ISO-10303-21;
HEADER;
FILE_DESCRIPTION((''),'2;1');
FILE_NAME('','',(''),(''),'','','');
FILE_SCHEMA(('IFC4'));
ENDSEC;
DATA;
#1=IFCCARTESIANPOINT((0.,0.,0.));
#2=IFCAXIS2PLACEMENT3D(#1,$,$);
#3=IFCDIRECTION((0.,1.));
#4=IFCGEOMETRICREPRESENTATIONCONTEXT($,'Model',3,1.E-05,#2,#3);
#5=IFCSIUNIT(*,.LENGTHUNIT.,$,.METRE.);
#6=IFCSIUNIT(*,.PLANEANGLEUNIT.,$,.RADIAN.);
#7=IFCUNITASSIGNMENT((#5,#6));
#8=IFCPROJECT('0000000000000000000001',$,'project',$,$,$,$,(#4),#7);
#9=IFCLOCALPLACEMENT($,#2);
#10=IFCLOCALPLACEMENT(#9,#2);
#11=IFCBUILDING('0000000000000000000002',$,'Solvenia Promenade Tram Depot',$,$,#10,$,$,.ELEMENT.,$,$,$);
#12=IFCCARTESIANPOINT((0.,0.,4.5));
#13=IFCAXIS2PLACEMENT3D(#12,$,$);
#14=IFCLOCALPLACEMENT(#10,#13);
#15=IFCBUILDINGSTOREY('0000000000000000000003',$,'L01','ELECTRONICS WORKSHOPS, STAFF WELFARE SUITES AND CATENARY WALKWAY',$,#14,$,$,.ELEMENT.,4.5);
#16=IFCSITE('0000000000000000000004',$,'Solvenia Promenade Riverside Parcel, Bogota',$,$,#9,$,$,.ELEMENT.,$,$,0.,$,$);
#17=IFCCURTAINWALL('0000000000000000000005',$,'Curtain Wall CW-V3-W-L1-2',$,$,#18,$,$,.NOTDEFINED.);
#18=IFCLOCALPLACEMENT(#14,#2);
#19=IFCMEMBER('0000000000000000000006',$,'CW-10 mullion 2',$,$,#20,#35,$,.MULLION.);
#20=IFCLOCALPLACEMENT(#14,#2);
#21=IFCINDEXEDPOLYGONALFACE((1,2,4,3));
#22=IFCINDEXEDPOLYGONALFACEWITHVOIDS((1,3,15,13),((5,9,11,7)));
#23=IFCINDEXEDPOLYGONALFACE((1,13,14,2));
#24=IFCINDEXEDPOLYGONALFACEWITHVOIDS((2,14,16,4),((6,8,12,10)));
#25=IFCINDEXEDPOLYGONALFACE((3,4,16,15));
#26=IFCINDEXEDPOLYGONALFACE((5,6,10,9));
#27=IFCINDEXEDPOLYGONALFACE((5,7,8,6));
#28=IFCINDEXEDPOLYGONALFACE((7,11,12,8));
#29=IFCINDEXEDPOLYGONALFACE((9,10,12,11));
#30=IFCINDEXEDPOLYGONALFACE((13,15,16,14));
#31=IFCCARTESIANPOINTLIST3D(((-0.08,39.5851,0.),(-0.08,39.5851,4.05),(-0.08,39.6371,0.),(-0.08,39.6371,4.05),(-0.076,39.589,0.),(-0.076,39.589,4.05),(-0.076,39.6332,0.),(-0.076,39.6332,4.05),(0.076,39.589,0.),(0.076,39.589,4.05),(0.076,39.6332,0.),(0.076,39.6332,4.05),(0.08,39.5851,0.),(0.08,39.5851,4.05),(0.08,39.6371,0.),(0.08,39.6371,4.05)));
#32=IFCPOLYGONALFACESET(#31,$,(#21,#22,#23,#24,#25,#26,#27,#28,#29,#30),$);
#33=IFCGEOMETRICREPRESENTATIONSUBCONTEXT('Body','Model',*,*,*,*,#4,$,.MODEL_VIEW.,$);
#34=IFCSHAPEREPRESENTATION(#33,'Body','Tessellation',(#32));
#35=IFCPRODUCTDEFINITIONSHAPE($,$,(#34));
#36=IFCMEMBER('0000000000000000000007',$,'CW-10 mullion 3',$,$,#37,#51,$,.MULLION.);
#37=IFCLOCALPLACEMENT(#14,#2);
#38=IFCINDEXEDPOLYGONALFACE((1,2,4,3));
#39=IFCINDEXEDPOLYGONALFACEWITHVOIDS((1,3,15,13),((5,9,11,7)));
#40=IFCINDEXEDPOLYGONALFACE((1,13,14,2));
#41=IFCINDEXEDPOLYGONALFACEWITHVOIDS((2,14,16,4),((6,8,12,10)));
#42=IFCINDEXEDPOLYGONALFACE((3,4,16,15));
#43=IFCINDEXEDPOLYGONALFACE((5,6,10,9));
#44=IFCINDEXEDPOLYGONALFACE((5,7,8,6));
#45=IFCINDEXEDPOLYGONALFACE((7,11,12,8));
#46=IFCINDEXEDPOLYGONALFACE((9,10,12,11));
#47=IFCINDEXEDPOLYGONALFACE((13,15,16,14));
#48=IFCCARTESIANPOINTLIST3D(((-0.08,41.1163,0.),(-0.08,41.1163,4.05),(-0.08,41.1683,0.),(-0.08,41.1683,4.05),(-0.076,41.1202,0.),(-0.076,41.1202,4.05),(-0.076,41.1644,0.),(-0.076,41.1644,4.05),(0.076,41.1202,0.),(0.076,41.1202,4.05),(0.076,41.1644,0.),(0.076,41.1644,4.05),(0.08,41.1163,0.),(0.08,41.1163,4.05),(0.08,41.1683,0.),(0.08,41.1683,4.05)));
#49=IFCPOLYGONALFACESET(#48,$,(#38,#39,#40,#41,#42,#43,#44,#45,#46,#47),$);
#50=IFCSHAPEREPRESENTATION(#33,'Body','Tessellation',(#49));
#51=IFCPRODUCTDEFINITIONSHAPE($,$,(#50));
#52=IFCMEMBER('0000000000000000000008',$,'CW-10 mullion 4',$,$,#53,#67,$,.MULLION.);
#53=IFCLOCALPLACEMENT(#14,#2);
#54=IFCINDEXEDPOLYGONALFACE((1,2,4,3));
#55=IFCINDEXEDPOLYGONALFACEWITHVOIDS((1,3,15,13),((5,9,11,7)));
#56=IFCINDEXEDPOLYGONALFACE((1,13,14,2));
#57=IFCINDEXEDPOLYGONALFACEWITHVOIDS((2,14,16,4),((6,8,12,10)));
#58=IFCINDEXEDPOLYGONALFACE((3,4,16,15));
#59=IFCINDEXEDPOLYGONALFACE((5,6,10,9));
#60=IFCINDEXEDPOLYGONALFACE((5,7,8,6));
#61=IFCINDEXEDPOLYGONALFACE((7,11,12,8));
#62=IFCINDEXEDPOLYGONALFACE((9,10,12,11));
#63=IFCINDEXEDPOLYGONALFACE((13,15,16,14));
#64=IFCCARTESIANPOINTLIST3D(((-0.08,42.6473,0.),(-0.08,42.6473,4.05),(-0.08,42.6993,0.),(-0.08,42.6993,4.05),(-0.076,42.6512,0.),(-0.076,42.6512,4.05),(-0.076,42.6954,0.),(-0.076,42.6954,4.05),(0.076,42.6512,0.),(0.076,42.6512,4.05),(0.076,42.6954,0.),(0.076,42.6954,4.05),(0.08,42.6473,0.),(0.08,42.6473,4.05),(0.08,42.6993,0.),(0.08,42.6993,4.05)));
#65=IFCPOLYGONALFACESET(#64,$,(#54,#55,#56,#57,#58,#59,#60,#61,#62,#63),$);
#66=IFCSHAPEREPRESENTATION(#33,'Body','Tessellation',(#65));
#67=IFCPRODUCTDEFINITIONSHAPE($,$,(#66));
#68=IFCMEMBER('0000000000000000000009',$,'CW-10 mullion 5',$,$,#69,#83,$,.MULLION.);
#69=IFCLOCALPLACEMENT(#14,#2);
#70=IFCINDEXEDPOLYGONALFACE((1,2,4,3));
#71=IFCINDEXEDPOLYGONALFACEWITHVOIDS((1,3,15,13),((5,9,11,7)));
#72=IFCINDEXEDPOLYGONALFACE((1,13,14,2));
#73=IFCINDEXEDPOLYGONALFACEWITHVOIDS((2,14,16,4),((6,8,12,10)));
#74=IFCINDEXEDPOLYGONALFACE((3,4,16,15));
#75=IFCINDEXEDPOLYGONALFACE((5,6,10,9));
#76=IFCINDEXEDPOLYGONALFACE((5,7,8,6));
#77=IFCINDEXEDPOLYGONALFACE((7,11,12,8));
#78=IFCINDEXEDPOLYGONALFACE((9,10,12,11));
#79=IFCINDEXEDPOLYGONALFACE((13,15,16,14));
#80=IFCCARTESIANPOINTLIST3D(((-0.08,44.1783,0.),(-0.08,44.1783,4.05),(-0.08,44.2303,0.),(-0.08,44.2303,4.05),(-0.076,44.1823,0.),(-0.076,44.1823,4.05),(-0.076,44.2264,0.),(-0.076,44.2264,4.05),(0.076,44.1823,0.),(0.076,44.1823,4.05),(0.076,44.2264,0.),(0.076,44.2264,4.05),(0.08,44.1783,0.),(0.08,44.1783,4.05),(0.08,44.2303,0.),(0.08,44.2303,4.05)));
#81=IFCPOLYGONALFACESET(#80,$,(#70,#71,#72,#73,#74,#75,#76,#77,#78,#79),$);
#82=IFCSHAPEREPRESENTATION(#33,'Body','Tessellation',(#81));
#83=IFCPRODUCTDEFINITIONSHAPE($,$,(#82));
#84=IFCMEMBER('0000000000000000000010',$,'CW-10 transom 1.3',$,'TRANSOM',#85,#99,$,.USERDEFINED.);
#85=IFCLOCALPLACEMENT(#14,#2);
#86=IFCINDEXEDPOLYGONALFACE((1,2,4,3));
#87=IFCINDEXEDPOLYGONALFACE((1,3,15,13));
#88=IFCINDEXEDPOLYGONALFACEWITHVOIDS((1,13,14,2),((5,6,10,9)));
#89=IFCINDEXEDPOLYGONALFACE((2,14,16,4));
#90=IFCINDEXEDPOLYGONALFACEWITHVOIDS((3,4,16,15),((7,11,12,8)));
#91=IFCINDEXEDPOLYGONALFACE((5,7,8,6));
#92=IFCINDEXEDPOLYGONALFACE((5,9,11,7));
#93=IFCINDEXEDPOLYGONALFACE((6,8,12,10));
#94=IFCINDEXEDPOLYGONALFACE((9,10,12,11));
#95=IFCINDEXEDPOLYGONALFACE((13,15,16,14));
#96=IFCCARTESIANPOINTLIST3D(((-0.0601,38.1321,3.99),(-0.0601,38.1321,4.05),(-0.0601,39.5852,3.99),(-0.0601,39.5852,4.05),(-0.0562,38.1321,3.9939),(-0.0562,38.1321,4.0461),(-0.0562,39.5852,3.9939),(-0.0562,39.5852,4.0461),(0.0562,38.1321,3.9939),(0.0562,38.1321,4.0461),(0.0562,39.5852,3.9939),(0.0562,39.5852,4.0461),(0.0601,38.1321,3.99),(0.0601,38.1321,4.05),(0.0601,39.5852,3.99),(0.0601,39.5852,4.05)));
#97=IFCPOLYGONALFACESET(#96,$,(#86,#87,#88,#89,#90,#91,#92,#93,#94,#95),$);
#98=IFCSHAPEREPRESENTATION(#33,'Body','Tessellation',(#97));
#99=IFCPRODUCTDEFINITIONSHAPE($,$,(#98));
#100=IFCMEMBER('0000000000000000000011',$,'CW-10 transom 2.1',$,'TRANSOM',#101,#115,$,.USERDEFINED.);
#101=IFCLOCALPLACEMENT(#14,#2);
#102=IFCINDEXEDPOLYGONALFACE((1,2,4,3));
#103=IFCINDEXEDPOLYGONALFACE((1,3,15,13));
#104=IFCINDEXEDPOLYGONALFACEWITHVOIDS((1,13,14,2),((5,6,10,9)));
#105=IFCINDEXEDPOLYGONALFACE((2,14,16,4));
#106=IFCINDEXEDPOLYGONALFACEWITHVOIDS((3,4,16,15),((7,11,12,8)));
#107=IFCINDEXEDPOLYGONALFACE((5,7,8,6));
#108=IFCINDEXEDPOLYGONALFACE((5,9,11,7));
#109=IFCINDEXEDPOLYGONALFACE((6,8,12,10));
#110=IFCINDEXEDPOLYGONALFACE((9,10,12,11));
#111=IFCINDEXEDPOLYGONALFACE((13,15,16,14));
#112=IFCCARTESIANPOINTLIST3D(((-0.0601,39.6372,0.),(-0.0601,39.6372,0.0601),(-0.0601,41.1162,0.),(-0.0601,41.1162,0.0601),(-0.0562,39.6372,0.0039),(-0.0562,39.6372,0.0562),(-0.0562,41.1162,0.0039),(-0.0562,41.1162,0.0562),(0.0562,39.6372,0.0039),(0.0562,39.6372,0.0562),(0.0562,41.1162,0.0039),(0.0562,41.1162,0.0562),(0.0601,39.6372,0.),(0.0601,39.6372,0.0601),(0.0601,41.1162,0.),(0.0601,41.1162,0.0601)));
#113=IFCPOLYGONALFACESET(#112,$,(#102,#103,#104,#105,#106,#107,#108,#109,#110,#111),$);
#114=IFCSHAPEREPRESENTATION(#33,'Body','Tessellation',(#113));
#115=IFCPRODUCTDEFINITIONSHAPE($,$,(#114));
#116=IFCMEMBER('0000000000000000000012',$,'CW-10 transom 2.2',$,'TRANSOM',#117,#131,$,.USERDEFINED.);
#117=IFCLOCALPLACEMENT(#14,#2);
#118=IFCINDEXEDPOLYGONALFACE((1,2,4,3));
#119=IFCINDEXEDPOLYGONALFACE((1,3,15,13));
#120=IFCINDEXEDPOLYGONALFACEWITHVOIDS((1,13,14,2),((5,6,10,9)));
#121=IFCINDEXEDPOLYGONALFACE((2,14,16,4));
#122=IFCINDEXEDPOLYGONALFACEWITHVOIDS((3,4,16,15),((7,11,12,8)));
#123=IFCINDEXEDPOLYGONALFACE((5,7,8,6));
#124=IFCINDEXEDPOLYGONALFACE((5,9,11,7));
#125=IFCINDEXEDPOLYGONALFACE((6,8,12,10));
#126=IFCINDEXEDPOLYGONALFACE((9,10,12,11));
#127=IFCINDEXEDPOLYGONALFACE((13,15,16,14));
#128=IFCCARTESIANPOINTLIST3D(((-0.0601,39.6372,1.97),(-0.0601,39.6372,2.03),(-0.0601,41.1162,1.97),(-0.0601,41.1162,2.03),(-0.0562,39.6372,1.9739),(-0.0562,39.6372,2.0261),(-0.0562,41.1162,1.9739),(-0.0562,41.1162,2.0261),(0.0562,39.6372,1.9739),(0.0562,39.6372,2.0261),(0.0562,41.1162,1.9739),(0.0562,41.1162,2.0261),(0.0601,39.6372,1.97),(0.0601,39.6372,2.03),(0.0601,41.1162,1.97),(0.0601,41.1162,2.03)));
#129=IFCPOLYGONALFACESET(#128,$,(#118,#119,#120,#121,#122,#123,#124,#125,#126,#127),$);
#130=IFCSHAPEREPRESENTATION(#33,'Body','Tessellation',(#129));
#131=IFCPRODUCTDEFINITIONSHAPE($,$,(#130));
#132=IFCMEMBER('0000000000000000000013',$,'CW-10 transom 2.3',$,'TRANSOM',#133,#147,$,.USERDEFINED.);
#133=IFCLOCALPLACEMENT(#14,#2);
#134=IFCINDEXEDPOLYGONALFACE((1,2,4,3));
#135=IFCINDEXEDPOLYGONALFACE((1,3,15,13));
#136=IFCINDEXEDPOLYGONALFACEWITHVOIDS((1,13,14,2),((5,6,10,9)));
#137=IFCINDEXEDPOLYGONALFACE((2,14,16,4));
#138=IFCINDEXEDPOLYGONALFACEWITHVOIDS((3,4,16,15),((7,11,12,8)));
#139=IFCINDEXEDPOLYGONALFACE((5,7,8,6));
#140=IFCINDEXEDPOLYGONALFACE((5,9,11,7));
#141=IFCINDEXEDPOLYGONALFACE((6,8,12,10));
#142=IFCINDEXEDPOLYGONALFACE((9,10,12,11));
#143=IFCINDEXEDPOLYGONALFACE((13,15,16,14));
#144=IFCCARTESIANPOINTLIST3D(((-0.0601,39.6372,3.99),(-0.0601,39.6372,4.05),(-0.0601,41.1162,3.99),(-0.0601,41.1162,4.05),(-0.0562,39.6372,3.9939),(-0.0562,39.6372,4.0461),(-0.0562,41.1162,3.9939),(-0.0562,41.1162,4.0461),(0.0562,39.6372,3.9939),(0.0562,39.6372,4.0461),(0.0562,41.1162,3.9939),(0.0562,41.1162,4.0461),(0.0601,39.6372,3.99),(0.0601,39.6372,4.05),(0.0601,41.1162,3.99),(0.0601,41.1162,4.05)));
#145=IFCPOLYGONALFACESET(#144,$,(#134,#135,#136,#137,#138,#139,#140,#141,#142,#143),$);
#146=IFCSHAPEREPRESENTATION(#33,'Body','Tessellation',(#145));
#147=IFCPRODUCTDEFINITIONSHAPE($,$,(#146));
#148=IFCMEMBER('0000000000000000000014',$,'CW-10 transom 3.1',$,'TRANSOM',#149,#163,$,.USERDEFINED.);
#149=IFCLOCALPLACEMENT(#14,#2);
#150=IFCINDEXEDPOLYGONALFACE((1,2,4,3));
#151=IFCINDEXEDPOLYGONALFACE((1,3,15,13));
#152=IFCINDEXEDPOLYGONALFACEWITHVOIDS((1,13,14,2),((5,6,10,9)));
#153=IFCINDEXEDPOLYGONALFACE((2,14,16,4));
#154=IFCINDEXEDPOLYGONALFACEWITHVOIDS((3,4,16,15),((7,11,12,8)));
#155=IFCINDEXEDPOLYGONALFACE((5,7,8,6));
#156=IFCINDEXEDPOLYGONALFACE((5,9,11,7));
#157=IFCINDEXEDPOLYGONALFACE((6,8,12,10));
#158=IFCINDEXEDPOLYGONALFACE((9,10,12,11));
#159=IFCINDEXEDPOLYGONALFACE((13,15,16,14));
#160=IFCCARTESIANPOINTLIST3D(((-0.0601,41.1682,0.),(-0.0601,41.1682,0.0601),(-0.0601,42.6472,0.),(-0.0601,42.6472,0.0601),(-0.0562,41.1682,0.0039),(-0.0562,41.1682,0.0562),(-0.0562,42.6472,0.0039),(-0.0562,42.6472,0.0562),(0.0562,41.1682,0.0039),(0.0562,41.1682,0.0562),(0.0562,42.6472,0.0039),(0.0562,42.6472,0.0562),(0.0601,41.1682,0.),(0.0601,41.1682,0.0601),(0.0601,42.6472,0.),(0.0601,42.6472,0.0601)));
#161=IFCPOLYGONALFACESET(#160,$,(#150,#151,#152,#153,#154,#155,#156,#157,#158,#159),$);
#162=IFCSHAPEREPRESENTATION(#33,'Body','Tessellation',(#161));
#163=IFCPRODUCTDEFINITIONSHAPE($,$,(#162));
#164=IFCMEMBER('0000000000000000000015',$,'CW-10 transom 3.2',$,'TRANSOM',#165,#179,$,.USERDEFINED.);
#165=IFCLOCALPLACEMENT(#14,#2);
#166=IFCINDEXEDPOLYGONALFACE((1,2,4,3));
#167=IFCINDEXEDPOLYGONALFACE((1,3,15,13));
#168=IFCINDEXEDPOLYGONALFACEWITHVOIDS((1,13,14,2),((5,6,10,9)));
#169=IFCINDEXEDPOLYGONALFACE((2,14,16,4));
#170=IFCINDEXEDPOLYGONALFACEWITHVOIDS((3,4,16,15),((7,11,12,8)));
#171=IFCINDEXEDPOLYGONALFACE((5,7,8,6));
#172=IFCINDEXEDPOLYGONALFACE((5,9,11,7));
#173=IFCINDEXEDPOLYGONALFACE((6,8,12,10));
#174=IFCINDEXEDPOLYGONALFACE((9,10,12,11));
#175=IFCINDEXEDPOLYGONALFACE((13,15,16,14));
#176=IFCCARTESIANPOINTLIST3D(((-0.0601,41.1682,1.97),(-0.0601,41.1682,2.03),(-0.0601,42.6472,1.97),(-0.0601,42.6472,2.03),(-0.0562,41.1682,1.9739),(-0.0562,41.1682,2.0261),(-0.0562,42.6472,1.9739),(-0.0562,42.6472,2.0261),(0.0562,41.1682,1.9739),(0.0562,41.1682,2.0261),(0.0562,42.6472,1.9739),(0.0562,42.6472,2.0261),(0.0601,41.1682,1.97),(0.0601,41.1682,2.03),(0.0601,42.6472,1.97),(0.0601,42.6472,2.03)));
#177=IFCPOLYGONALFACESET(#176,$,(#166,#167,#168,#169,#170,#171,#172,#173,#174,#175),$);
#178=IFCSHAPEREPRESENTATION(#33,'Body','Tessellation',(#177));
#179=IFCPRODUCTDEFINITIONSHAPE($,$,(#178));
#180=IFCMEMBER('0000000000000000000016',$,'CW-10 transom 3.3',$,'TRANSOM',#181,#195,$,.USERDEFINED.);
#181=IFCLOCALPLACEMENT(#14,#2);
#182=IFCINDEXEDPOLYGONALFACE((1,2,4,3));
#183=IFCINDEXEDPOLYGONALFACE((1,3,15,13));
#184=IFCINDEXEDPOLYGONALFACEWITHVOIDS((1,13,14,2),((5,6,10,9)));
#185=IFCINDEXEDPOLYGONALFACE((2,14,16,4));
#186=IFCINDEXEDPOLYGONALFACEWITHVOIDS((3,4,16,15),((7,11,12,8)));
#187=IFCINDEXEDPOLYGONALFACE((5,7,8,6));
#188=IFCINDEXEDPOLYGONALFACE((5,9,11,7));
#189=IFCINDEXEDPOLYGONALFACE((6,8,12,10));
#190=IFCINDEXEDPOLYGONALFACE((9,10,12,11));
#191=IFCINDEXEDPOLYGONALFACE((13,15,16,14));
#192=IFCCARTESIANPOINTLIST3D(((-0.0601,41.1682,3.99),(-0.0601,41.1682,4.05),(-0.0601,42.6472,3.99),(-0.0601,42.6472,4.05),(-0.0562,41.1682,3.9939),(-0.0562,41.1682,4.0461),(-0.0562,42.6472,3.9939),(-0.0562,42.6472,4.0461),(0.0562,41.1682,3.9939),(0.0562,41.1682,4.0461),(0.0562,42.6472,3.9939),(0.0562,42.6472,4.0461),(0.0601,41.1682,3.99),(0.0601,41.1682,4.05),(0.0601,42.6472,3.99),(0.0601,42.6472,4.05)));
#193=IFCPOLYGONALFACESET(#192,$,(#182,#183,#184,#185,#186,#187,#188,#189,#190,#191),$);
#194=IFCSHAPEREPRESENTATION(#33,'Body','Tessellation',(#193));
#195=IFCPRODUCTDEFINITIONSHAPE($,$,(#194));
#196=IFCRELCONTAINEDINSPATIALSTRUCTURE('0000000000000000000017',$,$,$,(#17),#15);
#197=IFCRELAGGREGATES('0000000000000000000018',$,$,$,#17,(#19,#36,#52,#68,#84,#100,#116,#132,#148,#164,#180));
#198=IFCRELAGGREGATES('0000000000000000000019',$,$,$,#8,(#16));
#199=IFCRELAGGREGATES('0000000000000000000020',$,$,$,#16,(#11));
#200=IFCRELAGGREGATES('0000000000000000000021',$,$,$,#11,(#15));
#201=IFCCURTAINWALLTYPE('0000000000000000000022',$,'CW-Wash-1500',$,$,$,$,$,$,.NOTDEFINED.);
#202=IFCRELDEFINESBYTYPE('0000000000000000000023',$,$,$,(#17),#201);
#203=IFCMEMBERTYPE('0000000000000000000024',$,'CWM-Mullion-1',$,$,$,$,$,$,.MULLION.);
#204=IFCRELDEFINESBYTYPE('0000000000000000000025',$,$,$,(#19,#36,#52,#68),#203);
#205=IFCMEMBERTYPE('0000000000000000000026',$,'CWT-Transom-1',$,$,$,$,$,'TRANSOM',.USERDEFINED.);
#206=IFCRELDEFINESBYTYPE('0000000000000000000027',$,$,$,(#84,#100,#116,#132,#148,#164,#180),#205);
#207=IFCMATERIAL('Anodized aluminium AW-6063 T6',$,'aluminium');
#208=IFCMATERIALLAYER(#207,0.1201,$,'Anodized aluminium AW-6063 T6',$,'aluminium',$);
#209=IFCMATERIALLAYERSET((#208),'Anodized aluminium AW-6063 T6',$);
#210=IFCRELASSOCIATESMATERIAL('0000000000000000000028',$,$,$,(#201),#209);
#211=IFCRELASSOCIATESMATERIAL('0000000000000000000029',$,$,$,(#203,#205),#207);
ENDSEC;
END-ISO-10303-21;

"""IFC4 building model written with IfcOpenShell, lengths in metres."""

from ifc_helpers import new_model, si_unit, direction, frame, origin, origin_2d, place, context, subcontext, project, spatial, hollow_rectangle, extrude, material, layer, layer_set, material_profile, profile_set, type_object, element, aggregate, save


model = new_model("IFC4")

# Units and contexts
model_context = context("Model", 3, precision=1e-05, world=origin(), true_north=direction((0.0, 1.0)))
body_context = subcontext(model_context, "Body", "Model", "MODEL_VIEW")
ifc_project = project(units=[si_unit("LENGTHUNIT", "METRE"), si_unit("PLANEANGLEUNIT", "RADIAN")], contexts=[model_context])

# Site, building, storey
site_placement = place(None, origin())
site = spatial("IfcSite", under=ifc_project, at=site_placement, Name="Solvenia Promenade Riverside Parcel, Bogota", CompositionType="ELEMENT", RefElevation=0.0)
building_placement = place(site_placement, origin())
building = spatial("IfcBuilding", under=site, at=building_placement, Name="Solvenia Promenade Tram Depot", CompositionType="ELEMENT")
storey_placement = place(building_placement, frame((0.0, 0.0, 4.5)))
storey = spatial("IfcBuildingStorey", under=building, at=storey_placement, Name="L01", Description="ELECTRONICS WORKSHOPS, STAFF WELFARE SUITES AND CATENARY WALKWAY", CompositionType="ELEMENT", Elevation=4.5)

# Curtain wall, members
ifc_material_1 = material(Name="Anodized aluminium AW-6063 T6", Category="aluminium")
ifc_layer_1 = layer(ifc_material_1, 0.1201, Name="Anodized aluminium AW-6063 T6", Category="aluminium")
ifc_layer_set_1 = layer_set([ifc_layer_1], Name="Anodized aluminium AW-6063 T6")
curtain_wall_type = type_object("IfcCurtainWallType", Name="CW-Wash-1500", PredefinedType="NOTDEFINED", material=ifc_layer_set_1)
curtain_wall_placement = place(storey_placement, origin())
curtain_wall = element("IfcCurtainWall", 1, at=curtain_wall_placement, inside=storey, type_object=curtain_wall_type, Name="Curtain Wall CW-V3-W-L1-2", PredefinedType="NOTDEFINED")
ifc_material_profile_1 = material_profile(ifc_material_1, hollow_rectangle(XDim=0.1599, YDim=0.052, WallThickness=0.0039, at=origin_2d()), Name="ALU-M1", Category="aluminium")
ifc_profile_set_1 = profile_set([ifc_material_profile_1], Name="Anodized aluminium AW-6063 T6")
member_type_1 = type_object("IfcMemberType", Name="CWM-Mullion-1", PredefinedType="MULLION", material=ifc_profile_set_1)
member_1_placement = place(storey_placement, frame((0.0, 39.6111, 0.0), z_axis=(0.0, 0.0, 1.0), x_axis=(-1.0, 0.0, 0.0)))
member_1 = element("IfcMember", 2, at=member_1_placement, type_object=member_type_1, Name="CW-10 mullion 2", PredefinedType="MULLION", context=body_context, shape_type="SweptSolid", body=[
    extrude(hollow_rectangle(XDim=0.1599, YDim=0.052, WallThickness=0.0039, at=origin_2d()), origin(), (0.0, 0.0, 1.0), 4.05),
])
member_2_placement = place(storey_placement, frame((0.0, 41.1423, 0.0), z_axis=(0.0, 0.0, 1.0), x_axis=(-1.0, 0.0, 0.0)))
member_2 = element("IfcMember", 3, at=member_2_placement, type_object=member_type_1, Name="CW-10 mullion 3", PredefinedType="MULLION", context=body_context, shape_type="SweptSolid", body=[
    extrude(hollow_rectangle(XDim=0.1599, YDim=0.052, WallThickness=0.0039, at=origin_2d()), origin(), (0.0, 0.0, 1.0), 4.05),
])
member_3_placement = place(storey_placement, frame((0.0, 42.6733, 0.0), z_axis=(0.0, 0.0, 1.0), x_axis=(-1.0, 0.0, 0.0)))
member_3 = element("IfcMember", 4, at=member_3_placement, type_object=member_type_1, Name="CW-10 mullion 4", PredefinedType="MULLION", context=body_context, shape_type="SweptSolid", body=[
    extrude(hollow_rectangle(XDim=0.1599, YDim=0.052, WallThickness=0.0039, at=origin_2d()), origin(), (0.0, 0.0, 1.0), 4.05),
])
member_4_placement = place(storey_placement, frame((0.0, 44.2043, 0.0), z_axis=(0.0, 0.0, 1.0), x_axis=(-1.0, 0.0, 0.0)))
member_4 = element("IfcMember", 5, at=member_4_placement, type_object=member_type_1, Name="CW-10 mullion 5", PredefinedType="MULLION", context=body_context, shape_type="SweptSolid", body=[
    extrude(hollow_rectangle(XDim=0.1599, YDim=0.052, WallThickness=0.0039, at=origin_2d()), origin(), (0.0, 0.0, 1.0), 4.05),
])
ifc_material_profile_2 = material_profile(ifc_material_1, hollow_rectangle(XDim=0.1201, YDim=0.0601, WallThickness=0.0039, at=origin_2d()), Name="ALU-T1", Category="aluminium")
ifc_profile_set_2 = profile_set([ifc_material_profile_2], Name="Anodized aluminium AW-6063 T6")
member_type_2 = type_object("IfcMemberType", Name="CWT-Transom-1", ElementType="TRANSOM", PredefinedType="USERDEFINED", material=ifc_profile_set_2)
member_5_placement = place(storey_placement, frame((0.0, 38.1321, 4.02), z_axis=(0.0, 1.0, 0.0), x_axis=(-1.0, 0.0, 0.0)))
member_5 = element("IfcMember", 6, at=member_5_placement, type_object=member_type_2, Name="CW-10 transom 1.3", ObjectType="TRANSOM", PredefinedType="USERDEFINED", context=body_context, shape_type="SweptSolid", body=[
    extrude(hollow_rectangle(XDim=0.1201, YDim=0.0601, WallThickness=0.0039, at=origin_2d()), origin(), (0.0, 0.0, 1.0), 1.4531),
])
member_6_placement = place(storey_placement, frame((0.0, 39.6372, 0.03), z_axis=(0.0, 1.0, 0.0), x_axis=(-1.0, 0.0, 0.0)))
member_6 = element("IfcMember", 7, at=member_6_placement, type_object=member_type_2, Name="CW-10 transom 2.1", ObjectType="TRANSOM", PredefinedType="USERDEFINED", context=body_context, shape_type="SweptSolid", body=[
    extrude(hollow_rectangle(XDim=0.1201, YDim=0.0601, WallThickness=0.0039, at=origin_2d()), origin(), (0.0, 0.0, 1.0), 1.479),
])
member_7_placement = place(storey_placement, frame((0.0, 39.6372, 2.0), z_axis=(0.0, 1.0, 0.0), x_axis=(-1.0, 0.0, 0.0)))
member_7 = element("IfcMember", 8, at=member_7_placement, type_object=member_type_2, Name="CW-10 transom 2.2", ObjectType="TRANSOM", PredefinedType="USERDEFINED", context=body_context, shape_type="SweptSolid", body=[
    extrude(hollow_rectangle(XDim=0.1201, YDim=0.0601, WallThickness=0.0039, at=origin_2d()), origin(), (0.0, 0.0, 1.0), 1.479),
])
member_8_placement = place(storey_placement, frame((0.0, 39.6372, 4.02), z_axis=(0.0, 1.0, 0.0), x_axis=(-1.0, 0.0, 0.0)))
member_8 = element("IfcMember", 9, at=member_8_placement, type_object=member_type_2, Name="CW-10 transom 2.3", ObjectType="TRANSOM", PredefinedType="USERDEFINED", context=body_context, shape_type="SweptSolid", body=[
    extrude(hollow_rectangle(XDim=0.1201, YDim=0.0601, WallThickness=0.0039, at=origin_2d()), origin(), (0.0, 0.0, 1.0), 1.479),
])
member_9_placement = place(storey_placement, frame((0.0, 41.1682, 0.03), z_axis=(0.0, 1.0, 0.0), x_axis=(-1.0, 0.0, 0.0)))
member_9 = element("IfcMember", 10, at=member_9_placement, type_object=member_type_2, Name="CW-10 transom 3.1", ObjectType="TRANSOM", PredefinedType="USERDEFINED", context=body_context, shape_type="SweptSolid", body=[
    extrude(hollow_rectangle(XDim=0.1201, YDim=0.0601, WallThickness=0.0039, at=origin_2d()), origin(), (0.0, 0.0, 1.0), 1.479),
])
member_10_placement = place(storey_placement, frame((0.0, 41.1682, 2.0), z_axis=(0.0, 1.0, 0.0), x_axis=(-1.0, 0.0, 0.0)))
member_10 = element("IfcMember", 11, at=member_10_placement, type_object=member_type_2, Name="CW-10 transom 3.2", ObjectType="TRANSOM", PredefinedType="USERDEFINED", context=body_context, shape_type="SweptSolid", body=[
    extrude(hollow_rectangle(XDim=0.1201, YDim=0.0601, WallThickness=0.0039, at=origin_2d()), origin(), (0.0, 0.0, 1.0), 1.479),
])
member_11_placement = place(storey_placement, frame((0.0, 41.1682, 4.02), z_axis=(0.0, 1.0, 0.0), x_axis=(-1.0, 0.0, 0.0)))
member_11 = element("IfcMember", 12, at=member_11_placement, type_object=member_type_2, Name="CW-10 transom 3.3", ObjectType="TRANSOM", PredefinedType="USERDEFINED", context=body_context, shape_type="SweptSolid", body=[
    extrude(hollow_rectangle(XDim=0.1201, YDim=0.0601, WallThickness=0.0039, at=origin_2d()), origin(), (0.0, 0.0, 1.0), 1.479),
])

aggregate(curtain_wall, [member_1, member_2, member_3, member_4, member_5, member_6, member_7, member_8, member_9, member_10, member_11])

save(model, "model.ifc")
